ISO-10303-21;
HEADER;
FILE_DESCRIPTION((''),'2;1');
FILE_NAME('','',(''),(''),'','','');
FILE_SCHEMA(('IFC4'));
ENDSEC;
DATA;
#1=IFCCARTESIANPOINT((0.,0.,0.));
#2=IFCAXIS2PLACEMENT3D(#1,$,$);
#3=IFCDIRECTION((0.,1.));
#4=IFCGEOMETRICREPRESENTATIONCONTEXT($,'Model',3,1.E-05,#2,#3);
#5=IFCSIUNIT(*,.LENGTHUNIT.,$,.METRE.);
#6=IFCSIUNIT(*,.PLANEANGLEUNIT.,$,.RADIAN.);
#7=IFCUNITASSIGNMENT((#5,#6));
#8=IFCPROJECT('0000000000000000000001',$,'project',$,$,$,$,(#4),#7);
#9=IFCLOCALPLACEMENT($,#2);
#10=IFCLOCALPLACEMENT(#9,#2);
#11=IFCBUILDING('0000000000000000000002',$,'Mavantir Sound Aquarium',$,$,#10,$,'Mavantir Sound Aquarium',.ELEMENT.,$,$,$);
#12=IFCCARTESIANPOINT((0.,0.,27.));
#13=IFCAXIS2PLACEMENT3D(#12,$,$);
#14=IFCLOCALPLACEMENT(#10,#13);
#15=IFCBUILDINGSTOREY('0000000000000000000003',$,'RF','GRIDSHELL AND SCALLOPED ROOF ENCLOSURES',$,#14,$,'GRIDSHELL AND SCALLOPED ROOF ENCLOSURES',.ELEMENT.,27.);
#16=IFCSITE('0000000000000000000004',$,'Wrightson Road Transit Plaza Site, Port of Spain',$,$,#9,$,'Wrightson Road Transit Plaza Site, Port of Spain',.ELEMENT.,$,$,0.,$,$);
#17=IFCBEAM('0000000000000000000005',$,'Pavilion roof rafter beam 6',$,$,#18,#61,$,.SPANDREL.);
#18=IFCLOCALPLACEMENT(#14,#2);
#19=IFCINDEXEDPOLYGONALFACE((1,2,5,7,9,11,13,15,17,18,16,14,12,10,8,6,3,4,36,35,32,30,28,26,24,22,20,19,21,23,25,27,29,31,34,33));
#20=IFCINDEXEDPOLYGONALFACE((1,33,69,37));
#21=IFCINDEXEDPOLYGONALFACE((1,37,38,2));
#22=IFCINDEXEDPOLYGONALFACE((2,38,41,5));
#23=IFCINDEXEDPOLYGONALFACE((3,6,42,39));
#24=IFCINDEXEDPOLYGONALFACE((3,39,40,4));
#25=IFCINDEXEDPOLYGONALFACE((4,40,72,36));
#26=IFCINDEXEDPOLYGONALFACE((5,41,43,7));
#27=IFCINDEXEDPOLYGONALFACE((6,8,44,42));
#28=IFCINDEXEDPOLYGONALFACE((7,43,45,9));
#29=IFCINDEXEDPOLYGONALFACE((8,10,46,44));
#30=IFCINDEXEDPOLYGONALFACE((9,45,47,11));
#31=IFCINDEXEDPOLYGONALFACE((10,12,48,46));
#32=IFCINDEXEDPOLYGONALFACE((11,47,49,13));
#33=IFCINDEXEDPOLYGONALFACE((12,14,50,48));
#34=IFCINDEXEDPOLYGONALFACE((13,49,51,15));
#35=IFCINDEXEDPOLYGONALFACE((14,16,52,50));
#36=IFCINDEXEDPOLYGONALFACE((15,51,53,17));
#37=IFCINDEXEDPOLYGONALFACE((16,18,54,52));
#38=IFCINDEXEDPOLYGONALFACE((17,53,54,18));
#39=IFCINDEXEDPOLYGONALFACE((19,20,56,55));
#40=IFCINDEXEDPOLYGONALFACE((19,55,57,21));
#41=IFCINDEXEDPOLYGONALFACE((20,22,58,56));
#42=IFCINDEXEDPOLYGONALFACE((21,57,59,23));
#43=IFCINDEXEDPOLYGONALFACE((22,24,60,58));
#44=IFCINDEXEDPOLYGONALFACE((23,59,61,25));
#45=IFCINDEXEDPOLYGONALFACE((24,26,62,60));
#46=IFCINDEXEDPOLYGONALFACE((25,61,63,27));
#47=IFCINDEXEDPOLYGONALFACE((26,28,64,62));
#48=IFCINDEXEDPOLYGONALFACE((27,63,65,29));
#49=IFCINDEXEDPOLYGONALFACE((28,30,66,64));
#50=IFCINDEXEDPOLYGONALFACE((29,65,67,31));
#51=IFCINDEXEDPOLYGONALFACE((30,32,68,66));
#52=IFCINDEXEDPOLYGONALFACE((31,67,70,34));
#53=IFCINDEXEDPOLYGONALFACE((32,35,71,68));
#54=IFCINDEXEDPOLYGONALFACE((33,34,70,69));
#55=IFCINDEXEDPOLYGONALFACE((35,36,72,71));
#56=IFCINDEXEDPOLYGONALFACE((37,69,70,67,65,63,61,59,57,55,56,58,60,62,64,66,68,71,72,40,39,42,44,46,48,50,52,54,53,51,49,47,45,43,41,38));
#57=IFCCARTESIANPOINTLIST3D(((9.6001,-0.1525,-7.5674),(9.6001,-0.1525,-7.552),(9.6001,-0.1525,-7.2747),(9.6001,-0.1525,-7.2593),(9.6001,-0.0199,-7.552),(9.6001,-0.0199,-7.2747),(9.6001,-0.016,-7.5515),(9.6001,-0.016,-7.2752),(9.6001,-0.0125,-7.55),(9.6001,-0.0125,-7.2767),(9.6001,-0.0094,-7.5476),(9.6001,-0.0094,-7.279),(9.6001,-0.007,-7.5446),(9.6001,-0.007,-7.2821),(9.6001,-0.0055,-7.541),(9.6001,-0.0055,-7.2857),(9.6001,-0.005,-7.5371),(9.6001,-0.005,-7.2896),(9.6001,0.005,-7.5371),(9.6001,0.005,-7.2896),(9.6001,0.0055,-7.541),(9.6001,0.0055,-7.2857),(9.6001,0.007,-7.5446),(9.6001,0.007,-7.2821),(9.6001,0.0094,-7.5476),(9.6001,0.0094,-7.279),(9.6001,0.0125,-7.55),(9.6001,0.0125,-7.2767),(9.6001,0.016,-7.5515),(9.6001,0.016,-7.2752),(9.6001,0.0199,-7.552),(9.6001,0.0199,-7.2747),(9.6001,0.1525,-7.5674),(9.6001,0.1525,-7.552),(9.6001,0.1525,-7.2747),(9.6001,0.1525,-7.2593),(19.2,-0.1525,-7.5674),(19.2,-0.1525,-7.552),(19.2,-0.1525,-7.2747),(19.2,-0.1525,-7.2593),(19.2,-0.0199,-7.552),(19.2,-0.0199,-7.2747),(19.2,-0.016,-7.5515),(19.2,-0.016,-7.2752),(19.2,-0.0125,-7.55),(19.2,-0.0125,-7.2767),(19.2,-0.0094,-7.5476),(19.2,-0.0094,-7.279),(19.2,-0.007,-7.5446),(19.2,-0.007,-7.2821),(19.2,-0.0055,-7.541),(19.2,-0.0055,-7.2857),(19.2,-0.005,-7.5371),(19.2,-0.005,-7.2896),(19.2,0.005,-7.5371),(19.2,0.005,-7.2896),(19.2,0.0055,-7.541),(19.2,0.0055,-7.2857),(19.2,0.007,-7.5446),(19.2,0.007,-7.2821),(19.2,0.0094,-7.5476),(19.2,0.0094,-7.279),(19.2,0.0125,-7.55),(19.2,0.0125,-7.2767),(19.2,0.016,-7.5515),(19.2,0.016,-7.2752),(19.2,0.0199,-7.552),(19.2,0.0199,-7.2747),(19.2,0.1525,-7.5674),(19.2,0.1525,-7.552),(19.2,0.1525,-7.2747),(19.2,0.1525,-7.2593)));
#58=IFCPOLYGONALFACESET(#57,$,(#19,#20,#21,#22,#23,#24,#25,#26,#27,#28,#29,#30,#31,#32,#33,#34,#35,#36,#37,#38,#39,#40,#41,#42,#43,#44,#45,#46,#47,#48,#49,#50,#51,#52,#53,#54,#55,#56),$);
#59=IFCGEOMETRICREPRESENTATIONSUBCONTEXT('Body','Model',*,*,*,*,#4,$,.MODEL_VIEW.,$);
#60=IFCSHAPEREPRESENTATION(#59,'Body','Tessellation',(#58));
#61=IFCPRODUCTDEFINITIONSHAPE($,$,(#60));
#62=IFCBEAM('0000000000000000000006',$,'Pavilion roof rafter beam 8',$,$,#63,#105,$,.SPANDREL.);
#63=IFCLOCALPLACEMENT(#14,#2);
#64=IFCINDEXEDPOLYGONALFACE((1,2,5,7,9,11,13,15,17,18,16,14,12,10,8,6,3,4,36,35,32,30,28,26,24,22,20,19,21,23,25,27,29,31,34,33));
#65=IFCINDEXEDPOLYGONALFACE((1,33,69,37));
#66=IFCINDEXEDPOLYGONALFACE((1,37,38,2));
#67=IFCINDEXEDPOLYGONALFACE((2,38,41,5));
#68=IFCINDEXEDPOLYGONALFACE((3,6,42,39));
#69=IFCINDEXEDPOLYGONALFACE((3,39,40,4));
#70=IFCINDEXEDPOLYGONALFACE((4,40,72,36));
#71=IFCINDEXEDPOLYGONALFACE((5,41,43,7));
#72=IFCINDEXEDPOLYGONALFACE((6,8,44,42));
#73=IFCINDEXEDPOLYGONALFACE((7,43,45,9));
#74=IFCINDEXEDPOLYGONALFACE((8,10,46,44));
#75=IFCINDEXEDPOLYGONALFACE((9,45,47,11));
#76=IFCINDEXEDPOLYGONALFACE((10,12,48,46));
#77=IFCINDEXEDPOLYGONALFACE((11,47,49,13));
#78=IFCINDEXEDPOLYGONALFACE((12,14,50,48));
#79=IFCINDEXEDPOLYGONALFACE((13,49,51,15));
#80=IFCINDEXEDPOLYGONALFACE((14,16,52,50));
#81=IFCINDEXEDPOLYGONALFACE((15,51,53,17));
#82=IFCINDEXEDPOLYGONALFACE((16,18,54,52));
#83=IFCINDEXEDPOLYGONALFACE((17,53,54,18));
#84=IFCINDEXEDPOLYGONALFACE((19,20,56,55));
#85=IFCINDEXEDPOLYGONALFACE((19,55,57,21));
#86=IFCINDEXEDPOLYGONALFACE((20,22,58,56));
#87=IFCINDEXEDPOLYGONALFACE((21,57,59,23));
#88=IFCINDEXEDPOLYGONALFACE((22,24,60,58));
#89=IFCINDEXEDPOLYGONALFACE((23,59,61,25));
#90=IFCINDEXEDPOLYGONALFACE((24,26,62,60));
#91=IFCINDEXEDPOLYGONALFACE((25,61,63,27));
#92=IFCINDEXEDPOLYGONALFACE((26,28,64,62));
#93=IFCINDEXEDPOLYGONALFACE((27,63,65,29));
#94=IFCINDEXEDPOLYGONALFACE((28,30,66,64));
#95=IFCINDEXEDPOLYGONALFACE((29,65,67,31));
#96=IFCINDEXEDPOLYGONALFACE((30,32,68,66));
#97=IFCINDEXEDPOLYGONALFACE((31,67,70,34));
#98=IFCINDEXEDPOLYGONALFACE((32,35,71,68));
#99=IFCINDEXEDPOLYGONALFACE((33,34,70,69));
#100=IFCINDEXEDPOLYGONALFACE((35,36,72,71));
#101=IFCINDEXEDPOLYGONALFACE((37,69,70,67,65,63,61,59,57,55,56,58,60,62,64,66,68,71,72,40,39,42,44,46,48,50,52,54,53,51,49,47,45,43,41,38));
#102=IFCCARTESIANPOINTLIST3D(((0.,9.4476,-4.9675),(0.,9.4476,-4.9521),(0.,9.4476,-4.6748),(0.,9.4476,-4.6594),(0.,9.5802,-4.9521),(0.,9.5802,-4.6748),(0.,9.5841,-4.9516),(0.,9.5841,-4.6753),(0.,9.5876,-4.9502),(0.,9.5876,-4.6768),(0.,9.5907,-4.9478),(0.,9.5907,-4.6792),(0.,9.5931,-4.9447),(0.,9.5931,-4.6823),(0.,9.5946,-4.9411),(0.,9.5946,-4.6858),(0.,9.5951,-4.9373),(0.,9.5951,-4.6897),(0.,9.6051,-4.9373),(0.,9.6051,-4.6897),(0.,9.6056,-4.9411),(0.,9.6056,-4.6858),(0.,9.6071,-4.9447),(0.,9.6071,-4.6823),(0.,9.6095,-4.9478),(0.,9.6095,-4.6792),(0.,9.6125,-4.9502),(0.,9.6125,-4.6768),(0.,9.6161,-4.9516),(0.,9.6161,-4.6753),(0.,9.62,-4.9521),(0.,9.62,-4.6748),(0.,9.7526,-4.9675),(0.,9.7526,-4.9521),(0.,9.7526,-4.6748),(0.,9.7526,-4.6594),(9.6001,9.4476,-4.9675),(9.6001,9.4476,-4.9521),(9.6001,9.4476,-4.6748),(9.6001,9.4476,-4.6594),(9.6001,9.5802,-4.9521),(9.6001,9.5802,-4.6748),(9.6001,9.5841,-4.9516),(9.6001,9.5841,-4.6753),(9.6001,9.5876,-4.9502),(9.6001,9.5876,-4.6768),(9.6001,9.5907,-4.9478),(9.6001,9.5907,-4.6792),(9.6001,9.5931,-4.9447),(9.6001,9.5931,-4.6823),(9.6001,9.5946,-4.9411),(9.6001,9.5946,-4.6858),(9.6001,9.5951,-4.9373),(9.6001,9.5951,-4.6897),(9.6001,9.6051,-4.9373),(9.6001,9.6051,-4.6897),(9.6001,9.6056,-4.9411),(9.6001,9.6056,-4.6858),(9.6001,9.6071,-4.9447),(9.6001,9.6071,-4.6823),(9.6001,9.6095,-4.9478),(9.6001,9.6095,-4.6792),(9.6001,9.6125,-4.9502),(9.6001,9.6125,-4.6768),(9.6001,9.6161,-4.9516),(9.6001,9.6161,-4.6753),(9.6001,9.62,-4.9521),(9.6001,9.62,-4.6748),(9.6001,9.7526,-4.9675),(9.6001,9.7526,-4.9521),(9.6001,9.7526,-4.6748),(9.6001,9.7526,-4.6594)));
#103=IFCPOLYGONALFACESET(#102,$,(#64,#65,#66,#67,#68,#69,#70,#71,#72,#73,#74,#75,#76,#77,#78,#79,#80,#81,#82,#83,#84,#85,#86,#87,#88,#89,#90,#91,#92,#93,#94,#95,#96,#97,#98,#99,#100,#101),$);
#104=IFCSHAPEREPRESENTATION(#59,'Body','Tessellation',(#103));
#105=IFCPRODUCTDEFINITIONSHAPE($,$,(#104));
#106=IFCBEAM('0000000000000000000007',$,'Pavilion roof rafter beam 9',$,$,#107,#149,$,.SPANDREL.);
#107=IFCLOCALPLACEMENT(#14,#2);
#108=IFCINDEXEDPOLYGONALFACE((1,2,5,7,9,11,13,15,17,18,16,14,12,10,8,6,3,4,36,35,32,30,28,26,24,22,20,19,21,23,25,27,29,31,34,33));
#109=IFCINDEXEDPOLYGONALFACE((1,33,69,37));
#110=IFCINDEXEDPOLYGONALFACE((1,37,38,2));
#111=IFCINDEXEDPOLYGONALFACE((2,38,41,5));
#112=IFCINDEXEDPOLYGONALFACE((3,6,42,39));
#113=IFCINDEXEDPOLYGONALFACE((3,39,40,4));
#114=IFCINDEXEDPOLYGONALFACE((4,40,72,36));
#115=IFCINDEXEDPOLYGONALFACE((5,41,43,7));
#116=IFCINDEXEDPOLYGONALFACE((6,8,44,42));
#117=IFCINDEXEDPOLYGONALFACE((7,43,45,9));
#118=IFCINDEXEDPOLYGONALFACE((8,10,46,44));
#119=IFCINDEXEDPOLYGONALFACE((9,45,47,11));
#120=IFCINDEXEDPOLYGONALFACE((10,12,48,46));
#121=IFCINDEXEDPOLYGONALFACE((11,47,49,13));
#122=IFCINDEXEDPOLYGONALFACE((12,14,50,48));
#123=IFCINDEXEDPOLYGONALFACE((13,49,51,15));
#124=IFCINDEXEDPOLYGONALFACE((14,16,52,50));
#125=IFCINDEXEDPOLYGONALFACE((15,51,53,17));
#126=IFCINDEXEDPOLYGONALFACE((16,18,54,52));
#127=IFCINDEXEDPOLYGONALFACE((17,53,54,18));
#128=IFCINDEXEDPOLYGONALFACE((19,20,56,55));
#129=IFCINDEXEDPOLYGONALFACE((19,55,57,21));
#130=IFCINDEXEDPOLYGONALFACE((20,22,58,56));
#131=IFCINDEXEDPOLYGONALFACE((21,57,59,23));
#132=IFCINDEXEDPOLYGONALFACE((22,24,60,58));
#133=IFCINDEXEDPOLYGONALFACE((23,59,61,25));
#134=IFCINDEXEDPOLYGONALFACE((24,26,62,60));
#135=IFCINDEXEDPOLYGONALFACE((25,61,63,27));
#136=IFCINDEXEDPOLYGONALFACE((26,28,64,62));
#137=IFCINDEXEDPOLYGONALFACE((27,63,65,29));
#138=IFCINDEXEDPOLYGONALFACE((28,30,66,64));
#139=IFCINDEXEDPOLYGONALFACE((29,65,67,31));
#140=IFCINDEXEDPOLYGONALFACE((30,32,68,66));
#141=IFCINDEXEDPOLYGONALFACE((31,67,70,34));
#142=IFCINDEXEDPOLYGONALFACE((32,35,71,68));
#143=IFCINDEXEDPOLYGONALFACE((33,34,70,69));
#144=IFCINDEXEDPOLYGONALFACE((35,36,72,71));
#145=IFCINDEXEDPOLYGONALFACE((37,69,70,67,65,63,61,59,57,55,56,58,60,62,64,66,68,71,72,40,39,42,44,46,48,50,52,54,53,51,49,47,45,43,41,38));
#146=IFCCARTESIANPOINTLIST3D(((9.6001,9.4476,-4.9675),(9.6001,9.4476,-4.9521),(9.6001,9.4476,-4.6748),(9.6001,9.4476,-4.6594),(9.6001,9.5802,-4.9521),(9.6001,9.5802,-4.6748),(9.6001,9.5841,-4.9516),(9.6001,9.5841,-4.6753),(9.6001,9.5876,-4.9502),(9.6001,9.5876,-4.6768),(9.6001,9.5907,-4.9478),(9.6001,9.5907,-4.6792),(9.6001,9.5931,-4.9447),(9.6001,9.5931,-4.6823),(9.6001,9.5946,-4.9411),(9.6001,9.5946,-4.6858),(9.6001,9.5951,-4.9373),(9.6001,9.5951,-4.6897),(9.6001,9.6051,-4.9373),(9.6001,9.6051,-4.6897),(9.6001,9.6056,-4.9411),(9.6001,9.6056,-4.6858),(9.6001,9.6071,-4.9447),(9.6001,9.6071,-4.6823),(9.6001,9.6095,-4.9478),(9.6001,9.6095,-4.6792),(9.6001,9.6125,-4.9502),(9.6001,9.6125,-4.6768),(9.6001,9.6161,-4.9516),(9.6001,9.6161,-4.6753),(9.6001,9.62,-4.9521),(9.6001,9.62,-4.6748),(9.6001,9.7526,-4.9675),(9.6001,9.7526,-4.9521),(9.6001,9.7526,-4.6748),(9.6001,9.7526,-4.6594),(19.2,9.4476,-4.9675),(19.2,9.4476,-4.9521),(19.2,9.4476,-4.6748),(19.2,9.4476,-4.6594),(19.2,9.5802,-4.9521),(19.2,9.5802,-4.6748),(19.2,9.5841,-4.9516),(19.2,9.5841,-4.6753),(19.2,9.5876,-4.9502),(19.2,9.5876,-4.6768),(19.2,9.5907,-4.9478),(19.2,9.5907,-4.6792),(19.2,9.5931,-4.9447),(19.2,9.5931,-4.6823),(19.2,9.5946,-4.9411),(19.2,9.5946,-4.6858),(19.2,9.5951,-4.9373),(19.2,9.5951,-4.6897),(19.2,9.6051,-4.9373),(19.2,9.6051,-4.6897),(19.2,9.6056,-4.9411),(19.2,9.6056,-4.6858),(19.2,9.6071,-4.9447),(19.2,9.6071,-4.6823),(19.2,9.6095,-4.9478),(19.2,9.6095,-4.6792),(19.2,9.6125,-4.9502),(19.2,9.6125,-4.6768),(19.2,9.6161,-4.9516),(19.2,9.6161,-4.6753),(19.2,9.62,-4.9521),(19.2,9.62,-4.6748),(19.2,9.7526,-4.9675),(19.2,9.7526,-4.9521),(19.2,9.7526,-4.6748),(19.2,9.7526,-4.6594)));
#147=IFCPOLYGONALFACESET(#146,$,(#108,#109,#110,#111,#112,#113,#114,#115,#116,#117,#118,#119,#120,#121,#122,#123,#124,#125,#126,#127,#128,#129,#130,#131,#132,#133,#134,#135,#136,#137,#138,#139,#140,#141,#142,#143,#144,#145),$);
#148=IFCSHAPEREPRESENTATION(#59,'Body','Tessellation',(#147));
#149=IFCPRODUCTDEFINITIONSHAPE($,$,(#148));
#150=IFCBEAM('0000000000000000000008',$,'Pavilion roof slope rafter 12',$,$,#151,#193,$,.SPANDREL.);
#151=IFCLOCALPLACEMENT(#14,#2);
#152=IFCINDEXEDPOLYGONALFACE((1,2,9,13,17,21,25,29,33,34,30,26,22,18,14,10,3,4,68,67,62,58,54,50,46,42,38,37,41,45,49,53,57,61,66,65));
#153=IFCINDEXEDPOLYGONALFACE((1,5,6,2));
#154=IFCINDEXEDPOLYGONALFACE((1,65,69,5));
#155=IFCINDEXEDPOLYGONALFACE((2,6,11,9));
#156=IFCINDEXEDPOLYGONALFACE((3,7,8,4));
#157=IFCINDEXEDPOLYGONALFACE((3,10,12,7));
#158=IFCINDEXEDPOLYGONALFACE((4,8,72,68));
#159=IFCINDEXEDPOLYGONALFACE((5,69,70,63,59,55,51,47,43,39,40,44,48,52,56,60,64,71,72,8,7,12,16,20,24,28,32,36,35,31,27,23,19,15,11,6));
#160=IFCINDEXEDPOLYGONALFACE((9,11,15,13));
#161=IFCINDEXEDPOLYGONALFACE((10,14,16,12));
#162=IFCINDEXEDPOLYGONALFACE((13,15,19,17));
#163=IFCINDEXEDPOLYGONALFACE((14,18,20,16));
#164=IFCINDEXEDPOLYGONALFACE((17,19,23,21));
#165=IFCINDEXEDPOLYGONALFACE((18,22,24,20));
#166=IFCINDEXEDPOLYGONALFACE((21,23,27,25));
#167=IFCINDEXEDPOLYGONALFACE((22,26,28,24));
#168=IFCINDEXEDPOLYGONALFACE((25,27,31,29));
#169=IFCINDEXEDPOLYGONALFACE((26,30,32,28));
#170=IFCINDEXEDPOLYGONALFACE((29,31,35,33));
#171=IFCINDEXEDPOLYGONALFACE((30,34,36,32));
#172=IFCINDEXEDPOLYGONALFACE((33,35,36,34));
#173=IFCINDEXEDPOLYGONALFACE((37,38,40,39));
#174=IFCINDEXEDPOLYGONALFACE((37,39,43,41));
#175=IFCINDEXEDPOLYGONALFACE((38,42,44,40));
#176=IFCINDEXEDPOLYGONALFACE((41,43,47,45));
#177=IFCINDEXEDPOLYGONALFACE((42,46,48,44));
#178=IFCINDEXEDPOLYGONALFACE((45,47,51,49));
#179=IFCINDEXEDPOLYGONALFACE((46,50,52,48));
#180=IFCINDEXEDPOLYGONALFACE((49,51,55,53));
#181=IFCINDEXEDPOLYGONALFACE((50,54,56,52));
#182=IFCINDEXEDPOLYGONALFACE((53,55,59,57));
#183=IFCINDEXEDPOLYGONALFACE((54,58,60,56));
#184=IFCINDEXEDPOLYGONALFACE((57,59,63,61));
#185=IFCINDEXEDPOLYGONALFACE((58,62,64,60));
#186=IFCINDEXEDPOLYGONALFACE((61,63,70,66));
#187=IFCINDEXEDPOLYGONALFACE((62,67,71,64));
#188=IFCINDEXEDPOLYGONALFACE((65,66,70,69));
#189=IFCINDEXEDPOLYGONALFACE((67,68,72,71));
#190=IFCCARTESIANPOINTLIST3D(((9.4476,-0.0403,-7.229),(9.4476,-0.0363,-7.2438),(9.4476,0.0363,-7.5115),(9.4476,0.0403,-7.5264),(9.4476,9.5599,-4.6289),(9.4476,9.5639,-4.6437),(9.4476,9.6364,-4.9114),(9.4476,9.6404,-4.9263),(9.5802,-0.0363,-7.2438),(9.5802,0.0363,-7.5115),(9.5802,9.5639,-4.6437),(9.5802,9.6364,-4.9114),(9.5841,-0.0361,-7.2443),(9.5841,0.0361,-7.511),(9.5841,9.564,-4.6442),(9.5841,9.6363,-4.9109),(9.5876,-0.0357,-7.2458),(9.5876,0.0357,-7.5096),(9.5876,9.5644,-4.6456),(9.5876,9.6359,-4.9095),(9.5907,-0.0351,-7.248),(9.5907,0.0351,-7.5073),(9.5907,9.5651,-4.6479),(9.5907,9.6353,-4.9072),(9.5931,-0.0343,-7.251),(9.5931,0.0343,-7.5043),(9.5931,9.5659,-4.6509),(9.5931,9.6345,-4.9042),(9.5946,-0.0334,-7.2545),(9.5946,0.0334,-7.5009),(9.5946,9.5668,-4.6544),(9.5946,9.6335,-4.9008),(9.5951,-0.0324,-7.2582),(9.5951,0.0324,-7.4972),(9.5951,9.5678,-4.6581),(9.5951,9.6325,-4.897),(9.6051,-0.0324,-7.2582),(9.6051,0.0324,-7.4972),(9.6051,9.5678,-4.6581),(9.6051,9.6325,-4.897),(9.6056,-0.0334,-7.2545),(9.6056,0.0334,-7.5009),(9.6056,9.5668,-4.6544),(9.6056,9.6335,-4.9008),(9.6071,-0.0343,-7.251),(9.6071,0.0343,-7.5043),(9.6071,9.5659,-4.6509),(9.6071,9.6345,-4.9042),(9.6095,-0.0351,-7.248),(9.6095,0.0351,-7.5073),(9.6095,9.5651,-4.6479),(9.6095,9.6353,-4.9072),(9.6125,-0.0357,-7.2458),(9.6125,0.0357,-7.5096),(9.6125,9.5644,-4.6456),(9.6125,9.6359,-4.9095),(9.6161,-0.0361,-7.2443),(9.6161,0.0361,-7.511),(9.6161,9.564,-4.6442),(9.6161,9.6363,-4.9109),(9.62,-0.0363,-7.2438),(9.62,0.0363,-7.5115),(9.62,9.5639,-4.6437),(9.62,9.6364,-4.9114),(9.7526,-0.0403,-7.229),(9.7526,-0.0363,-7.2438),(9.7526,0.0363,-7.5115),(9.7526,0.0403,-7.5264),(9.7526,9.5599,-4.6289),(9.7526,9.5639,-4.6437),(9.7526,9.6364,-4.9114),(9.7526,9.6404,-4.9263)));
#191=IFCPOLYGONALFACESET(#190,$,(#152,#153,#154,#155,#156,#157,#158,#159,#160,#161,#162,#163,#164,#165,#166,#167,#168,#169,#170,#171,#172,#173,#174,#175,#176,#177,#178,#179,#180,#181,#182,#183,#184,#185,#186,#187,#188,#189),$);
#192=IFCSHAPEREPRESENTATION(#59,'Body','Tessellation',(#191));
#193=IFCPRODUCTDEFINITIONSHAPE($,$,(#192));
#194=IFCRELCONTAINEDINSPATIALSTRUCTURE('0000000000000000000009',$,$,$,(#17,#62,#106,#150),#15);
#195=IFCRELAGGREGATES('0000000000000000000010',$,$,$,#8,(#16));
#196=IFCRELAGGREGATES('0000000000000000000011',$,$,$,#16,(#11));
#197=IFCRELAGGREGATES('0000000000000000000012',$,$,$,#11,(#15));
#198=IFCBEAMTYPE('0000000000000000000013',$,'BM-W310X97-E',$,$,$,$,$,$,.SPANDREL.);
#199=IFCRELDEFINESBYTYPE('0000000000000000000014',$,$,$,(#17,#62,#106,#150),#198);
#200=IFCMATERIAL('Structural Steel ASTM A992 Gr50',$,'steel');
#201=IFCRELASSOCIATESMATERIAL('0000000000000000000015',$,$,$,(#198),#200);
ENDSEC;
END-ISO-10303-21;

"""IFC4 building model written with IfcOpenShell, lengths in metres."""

from ifc_helpers import new_model, si_unit, direction, frame, origin, origin_2d, place, context, subcontext, project, spatial, i_section, extrude, material, material_profile, profile_set, type_object, element, save


model = new_model("IFC4")

# Units and contexts
model_context = context("Model", 3, precision=1e-05, world=origin(), true_north=direction((0.0, 1.0)))
body_context = subcontext(model_context, "Body", "Model", "MODEL_VIEW")
ifc_project = project(units=[si_unit("LENGTHUNIT", "METRE"), si_unit("PLANEANGLEUNIT", "RADIAN")], contexts=[model_context])

# Site, building, storey
site_placement = place(None, origin())
site = spatial("IfcSite", under=ifc_project, at=site_placement, Name="Wrightson Road Transit Plaza Site, Port of Spain", LongName="Wrightson Road Transit Plaza Site, Port of Spain", CompositionType="ELEMENT", RefElevation=0.0)
building_placement = place(site_placement, origin())
building = spatial("IfcBuilding", under=site, at=building_placement, Name="Mavantir Sound Aquarium", LongName="Mavantir Sound Aquarium", CompositionType="ELEMENT")
storey_placement = place(building_placement, frame((0.0, 0.0, 27.0)))
storey = spatial("IfcBuildingStorey", under=building, at=storey_placement, Name="RF", Description="GRIDSHELL AND SCALLOPED ROOF ENCLOSURES", LongName="GRIDSHELL AND SCALLOPED ROOF ENCLOSURES", CompositionType="ELEMENT", Elevation=27.0)

# Beams
ifc_material_1 = material(Name="Structural Steel ASTM A992 Gr50", Category="steel")
ifc_material_profile_1 = material_profile(ifc_material_1, i_section(OverallWidth=0.3049, OverallDepth=0.3081, WebThickness=0.01, FlangeThickness=0.0154, FilletRadius=0.0149, at=origin_2d()), Name="W310X97")
ifc_profile_set_1 = profile_set([ifc_material_profile_1], Name="Structural Steel ASTM A992 Gr50")
beam_type_1 = type_object("IfcBeamType", Name="BM-W310X97-E", PredefinedType="SPANDREL", material=ifc_profile_set_1)
beam_1_placement = place(storey_placement, frame((9.6001, 0.0, -7.4133), z_axis=(1.0, 0.0, 0.0), x_axis=(0.0, 1.0, 0.0)))
element("IfcBeam", 1, at=beam_1_placement, inside=storey, type_object=beam_type_1, Name="Pavilion roof rafter beam 6", PredefinedType="SPANDREL", context=body_context, shape_type="SweptSolid", body=[
    extrude(i_section(OverallWidth=0.3049, OverallDepth=0.3081, WebThickness=0.01, FlangeThickness=0.0154, FilletRadius=0.0149, at=origin_2d()), origin(), (0.0, 0.0, 1.0), 9.5999),
])
beam_2_placement = place(storey_placement, frame((0.0, 9.6001, -4.8135), z_axis=(1.0, 0.0, 0.0), x_axis=(0.0, 1.0, 0.0)))
element("IfcBeam", 2, at=beam_2_placement, inside=storey, type_object=beam_type_1, Name="Pavilion roof rafter beam 8", PredefinedType="SPANDREL", context=body_context, shape_type="SweptSolid", body=[
    extrude(i_section(OverallWidth=0.3049, OverallDepth=0.3081, WebThickness=0.01, FlangeThickness=0.0154, FilletRadius=0.0149, at=origin_2d()), origin(), (0.0, 0.0, 1.0), 9.6001),
])
beam_3_placement = place(storey_placement, frame((9.6001, 9.6001, -4.8135), z_axis=(1.0, 0.0, 0.0), x_axis=(0.0, 1.0, 0.0)))
element("IfcBeam", 3, at=beam_3_placement, inside=storey, type_object=beam_type_1, Name="Pavilion roof rafter beam 9", PredefinedType="SPANDREL", context=body_context, shape_type="SweptSolid", body=[
    extrude(i_section(OverallWidth=0.3049, OverallDepth=0.3081, WebThickness=0.01, FlangeThickness=0.0154, FilletRadius=0.0149, at=origin_2d()), origin(), (0.0, 0.0, 1.0), 9.5999),
])
beam_4_placement = place(storey_placement, frame((9.6001, 0.0, -7.3777), z_axis=(0.0, 0.965225, 0.261422), x_axis=(-1.0, 0.0, 0.0)))
element("IfcBeam", 4, at=beam_4_placement, inside=storey, type_object=beam_type_1, Name="Pavilion roof slope rafter 12", PredefinedType="SPANDREL", context=body_context, shape_type="SweptSolid", body=[
    extrude(i_section(OverallWidth=0.3049, OverallDepth=0.3081, WebThickness=0.01, FlangeThickness=0.0154, FilletRadius=0.0149, at=origin_2d()), origin(), (0.0, 0.0, 1.0), 9.946),
])

save(model, "model.ifc")
